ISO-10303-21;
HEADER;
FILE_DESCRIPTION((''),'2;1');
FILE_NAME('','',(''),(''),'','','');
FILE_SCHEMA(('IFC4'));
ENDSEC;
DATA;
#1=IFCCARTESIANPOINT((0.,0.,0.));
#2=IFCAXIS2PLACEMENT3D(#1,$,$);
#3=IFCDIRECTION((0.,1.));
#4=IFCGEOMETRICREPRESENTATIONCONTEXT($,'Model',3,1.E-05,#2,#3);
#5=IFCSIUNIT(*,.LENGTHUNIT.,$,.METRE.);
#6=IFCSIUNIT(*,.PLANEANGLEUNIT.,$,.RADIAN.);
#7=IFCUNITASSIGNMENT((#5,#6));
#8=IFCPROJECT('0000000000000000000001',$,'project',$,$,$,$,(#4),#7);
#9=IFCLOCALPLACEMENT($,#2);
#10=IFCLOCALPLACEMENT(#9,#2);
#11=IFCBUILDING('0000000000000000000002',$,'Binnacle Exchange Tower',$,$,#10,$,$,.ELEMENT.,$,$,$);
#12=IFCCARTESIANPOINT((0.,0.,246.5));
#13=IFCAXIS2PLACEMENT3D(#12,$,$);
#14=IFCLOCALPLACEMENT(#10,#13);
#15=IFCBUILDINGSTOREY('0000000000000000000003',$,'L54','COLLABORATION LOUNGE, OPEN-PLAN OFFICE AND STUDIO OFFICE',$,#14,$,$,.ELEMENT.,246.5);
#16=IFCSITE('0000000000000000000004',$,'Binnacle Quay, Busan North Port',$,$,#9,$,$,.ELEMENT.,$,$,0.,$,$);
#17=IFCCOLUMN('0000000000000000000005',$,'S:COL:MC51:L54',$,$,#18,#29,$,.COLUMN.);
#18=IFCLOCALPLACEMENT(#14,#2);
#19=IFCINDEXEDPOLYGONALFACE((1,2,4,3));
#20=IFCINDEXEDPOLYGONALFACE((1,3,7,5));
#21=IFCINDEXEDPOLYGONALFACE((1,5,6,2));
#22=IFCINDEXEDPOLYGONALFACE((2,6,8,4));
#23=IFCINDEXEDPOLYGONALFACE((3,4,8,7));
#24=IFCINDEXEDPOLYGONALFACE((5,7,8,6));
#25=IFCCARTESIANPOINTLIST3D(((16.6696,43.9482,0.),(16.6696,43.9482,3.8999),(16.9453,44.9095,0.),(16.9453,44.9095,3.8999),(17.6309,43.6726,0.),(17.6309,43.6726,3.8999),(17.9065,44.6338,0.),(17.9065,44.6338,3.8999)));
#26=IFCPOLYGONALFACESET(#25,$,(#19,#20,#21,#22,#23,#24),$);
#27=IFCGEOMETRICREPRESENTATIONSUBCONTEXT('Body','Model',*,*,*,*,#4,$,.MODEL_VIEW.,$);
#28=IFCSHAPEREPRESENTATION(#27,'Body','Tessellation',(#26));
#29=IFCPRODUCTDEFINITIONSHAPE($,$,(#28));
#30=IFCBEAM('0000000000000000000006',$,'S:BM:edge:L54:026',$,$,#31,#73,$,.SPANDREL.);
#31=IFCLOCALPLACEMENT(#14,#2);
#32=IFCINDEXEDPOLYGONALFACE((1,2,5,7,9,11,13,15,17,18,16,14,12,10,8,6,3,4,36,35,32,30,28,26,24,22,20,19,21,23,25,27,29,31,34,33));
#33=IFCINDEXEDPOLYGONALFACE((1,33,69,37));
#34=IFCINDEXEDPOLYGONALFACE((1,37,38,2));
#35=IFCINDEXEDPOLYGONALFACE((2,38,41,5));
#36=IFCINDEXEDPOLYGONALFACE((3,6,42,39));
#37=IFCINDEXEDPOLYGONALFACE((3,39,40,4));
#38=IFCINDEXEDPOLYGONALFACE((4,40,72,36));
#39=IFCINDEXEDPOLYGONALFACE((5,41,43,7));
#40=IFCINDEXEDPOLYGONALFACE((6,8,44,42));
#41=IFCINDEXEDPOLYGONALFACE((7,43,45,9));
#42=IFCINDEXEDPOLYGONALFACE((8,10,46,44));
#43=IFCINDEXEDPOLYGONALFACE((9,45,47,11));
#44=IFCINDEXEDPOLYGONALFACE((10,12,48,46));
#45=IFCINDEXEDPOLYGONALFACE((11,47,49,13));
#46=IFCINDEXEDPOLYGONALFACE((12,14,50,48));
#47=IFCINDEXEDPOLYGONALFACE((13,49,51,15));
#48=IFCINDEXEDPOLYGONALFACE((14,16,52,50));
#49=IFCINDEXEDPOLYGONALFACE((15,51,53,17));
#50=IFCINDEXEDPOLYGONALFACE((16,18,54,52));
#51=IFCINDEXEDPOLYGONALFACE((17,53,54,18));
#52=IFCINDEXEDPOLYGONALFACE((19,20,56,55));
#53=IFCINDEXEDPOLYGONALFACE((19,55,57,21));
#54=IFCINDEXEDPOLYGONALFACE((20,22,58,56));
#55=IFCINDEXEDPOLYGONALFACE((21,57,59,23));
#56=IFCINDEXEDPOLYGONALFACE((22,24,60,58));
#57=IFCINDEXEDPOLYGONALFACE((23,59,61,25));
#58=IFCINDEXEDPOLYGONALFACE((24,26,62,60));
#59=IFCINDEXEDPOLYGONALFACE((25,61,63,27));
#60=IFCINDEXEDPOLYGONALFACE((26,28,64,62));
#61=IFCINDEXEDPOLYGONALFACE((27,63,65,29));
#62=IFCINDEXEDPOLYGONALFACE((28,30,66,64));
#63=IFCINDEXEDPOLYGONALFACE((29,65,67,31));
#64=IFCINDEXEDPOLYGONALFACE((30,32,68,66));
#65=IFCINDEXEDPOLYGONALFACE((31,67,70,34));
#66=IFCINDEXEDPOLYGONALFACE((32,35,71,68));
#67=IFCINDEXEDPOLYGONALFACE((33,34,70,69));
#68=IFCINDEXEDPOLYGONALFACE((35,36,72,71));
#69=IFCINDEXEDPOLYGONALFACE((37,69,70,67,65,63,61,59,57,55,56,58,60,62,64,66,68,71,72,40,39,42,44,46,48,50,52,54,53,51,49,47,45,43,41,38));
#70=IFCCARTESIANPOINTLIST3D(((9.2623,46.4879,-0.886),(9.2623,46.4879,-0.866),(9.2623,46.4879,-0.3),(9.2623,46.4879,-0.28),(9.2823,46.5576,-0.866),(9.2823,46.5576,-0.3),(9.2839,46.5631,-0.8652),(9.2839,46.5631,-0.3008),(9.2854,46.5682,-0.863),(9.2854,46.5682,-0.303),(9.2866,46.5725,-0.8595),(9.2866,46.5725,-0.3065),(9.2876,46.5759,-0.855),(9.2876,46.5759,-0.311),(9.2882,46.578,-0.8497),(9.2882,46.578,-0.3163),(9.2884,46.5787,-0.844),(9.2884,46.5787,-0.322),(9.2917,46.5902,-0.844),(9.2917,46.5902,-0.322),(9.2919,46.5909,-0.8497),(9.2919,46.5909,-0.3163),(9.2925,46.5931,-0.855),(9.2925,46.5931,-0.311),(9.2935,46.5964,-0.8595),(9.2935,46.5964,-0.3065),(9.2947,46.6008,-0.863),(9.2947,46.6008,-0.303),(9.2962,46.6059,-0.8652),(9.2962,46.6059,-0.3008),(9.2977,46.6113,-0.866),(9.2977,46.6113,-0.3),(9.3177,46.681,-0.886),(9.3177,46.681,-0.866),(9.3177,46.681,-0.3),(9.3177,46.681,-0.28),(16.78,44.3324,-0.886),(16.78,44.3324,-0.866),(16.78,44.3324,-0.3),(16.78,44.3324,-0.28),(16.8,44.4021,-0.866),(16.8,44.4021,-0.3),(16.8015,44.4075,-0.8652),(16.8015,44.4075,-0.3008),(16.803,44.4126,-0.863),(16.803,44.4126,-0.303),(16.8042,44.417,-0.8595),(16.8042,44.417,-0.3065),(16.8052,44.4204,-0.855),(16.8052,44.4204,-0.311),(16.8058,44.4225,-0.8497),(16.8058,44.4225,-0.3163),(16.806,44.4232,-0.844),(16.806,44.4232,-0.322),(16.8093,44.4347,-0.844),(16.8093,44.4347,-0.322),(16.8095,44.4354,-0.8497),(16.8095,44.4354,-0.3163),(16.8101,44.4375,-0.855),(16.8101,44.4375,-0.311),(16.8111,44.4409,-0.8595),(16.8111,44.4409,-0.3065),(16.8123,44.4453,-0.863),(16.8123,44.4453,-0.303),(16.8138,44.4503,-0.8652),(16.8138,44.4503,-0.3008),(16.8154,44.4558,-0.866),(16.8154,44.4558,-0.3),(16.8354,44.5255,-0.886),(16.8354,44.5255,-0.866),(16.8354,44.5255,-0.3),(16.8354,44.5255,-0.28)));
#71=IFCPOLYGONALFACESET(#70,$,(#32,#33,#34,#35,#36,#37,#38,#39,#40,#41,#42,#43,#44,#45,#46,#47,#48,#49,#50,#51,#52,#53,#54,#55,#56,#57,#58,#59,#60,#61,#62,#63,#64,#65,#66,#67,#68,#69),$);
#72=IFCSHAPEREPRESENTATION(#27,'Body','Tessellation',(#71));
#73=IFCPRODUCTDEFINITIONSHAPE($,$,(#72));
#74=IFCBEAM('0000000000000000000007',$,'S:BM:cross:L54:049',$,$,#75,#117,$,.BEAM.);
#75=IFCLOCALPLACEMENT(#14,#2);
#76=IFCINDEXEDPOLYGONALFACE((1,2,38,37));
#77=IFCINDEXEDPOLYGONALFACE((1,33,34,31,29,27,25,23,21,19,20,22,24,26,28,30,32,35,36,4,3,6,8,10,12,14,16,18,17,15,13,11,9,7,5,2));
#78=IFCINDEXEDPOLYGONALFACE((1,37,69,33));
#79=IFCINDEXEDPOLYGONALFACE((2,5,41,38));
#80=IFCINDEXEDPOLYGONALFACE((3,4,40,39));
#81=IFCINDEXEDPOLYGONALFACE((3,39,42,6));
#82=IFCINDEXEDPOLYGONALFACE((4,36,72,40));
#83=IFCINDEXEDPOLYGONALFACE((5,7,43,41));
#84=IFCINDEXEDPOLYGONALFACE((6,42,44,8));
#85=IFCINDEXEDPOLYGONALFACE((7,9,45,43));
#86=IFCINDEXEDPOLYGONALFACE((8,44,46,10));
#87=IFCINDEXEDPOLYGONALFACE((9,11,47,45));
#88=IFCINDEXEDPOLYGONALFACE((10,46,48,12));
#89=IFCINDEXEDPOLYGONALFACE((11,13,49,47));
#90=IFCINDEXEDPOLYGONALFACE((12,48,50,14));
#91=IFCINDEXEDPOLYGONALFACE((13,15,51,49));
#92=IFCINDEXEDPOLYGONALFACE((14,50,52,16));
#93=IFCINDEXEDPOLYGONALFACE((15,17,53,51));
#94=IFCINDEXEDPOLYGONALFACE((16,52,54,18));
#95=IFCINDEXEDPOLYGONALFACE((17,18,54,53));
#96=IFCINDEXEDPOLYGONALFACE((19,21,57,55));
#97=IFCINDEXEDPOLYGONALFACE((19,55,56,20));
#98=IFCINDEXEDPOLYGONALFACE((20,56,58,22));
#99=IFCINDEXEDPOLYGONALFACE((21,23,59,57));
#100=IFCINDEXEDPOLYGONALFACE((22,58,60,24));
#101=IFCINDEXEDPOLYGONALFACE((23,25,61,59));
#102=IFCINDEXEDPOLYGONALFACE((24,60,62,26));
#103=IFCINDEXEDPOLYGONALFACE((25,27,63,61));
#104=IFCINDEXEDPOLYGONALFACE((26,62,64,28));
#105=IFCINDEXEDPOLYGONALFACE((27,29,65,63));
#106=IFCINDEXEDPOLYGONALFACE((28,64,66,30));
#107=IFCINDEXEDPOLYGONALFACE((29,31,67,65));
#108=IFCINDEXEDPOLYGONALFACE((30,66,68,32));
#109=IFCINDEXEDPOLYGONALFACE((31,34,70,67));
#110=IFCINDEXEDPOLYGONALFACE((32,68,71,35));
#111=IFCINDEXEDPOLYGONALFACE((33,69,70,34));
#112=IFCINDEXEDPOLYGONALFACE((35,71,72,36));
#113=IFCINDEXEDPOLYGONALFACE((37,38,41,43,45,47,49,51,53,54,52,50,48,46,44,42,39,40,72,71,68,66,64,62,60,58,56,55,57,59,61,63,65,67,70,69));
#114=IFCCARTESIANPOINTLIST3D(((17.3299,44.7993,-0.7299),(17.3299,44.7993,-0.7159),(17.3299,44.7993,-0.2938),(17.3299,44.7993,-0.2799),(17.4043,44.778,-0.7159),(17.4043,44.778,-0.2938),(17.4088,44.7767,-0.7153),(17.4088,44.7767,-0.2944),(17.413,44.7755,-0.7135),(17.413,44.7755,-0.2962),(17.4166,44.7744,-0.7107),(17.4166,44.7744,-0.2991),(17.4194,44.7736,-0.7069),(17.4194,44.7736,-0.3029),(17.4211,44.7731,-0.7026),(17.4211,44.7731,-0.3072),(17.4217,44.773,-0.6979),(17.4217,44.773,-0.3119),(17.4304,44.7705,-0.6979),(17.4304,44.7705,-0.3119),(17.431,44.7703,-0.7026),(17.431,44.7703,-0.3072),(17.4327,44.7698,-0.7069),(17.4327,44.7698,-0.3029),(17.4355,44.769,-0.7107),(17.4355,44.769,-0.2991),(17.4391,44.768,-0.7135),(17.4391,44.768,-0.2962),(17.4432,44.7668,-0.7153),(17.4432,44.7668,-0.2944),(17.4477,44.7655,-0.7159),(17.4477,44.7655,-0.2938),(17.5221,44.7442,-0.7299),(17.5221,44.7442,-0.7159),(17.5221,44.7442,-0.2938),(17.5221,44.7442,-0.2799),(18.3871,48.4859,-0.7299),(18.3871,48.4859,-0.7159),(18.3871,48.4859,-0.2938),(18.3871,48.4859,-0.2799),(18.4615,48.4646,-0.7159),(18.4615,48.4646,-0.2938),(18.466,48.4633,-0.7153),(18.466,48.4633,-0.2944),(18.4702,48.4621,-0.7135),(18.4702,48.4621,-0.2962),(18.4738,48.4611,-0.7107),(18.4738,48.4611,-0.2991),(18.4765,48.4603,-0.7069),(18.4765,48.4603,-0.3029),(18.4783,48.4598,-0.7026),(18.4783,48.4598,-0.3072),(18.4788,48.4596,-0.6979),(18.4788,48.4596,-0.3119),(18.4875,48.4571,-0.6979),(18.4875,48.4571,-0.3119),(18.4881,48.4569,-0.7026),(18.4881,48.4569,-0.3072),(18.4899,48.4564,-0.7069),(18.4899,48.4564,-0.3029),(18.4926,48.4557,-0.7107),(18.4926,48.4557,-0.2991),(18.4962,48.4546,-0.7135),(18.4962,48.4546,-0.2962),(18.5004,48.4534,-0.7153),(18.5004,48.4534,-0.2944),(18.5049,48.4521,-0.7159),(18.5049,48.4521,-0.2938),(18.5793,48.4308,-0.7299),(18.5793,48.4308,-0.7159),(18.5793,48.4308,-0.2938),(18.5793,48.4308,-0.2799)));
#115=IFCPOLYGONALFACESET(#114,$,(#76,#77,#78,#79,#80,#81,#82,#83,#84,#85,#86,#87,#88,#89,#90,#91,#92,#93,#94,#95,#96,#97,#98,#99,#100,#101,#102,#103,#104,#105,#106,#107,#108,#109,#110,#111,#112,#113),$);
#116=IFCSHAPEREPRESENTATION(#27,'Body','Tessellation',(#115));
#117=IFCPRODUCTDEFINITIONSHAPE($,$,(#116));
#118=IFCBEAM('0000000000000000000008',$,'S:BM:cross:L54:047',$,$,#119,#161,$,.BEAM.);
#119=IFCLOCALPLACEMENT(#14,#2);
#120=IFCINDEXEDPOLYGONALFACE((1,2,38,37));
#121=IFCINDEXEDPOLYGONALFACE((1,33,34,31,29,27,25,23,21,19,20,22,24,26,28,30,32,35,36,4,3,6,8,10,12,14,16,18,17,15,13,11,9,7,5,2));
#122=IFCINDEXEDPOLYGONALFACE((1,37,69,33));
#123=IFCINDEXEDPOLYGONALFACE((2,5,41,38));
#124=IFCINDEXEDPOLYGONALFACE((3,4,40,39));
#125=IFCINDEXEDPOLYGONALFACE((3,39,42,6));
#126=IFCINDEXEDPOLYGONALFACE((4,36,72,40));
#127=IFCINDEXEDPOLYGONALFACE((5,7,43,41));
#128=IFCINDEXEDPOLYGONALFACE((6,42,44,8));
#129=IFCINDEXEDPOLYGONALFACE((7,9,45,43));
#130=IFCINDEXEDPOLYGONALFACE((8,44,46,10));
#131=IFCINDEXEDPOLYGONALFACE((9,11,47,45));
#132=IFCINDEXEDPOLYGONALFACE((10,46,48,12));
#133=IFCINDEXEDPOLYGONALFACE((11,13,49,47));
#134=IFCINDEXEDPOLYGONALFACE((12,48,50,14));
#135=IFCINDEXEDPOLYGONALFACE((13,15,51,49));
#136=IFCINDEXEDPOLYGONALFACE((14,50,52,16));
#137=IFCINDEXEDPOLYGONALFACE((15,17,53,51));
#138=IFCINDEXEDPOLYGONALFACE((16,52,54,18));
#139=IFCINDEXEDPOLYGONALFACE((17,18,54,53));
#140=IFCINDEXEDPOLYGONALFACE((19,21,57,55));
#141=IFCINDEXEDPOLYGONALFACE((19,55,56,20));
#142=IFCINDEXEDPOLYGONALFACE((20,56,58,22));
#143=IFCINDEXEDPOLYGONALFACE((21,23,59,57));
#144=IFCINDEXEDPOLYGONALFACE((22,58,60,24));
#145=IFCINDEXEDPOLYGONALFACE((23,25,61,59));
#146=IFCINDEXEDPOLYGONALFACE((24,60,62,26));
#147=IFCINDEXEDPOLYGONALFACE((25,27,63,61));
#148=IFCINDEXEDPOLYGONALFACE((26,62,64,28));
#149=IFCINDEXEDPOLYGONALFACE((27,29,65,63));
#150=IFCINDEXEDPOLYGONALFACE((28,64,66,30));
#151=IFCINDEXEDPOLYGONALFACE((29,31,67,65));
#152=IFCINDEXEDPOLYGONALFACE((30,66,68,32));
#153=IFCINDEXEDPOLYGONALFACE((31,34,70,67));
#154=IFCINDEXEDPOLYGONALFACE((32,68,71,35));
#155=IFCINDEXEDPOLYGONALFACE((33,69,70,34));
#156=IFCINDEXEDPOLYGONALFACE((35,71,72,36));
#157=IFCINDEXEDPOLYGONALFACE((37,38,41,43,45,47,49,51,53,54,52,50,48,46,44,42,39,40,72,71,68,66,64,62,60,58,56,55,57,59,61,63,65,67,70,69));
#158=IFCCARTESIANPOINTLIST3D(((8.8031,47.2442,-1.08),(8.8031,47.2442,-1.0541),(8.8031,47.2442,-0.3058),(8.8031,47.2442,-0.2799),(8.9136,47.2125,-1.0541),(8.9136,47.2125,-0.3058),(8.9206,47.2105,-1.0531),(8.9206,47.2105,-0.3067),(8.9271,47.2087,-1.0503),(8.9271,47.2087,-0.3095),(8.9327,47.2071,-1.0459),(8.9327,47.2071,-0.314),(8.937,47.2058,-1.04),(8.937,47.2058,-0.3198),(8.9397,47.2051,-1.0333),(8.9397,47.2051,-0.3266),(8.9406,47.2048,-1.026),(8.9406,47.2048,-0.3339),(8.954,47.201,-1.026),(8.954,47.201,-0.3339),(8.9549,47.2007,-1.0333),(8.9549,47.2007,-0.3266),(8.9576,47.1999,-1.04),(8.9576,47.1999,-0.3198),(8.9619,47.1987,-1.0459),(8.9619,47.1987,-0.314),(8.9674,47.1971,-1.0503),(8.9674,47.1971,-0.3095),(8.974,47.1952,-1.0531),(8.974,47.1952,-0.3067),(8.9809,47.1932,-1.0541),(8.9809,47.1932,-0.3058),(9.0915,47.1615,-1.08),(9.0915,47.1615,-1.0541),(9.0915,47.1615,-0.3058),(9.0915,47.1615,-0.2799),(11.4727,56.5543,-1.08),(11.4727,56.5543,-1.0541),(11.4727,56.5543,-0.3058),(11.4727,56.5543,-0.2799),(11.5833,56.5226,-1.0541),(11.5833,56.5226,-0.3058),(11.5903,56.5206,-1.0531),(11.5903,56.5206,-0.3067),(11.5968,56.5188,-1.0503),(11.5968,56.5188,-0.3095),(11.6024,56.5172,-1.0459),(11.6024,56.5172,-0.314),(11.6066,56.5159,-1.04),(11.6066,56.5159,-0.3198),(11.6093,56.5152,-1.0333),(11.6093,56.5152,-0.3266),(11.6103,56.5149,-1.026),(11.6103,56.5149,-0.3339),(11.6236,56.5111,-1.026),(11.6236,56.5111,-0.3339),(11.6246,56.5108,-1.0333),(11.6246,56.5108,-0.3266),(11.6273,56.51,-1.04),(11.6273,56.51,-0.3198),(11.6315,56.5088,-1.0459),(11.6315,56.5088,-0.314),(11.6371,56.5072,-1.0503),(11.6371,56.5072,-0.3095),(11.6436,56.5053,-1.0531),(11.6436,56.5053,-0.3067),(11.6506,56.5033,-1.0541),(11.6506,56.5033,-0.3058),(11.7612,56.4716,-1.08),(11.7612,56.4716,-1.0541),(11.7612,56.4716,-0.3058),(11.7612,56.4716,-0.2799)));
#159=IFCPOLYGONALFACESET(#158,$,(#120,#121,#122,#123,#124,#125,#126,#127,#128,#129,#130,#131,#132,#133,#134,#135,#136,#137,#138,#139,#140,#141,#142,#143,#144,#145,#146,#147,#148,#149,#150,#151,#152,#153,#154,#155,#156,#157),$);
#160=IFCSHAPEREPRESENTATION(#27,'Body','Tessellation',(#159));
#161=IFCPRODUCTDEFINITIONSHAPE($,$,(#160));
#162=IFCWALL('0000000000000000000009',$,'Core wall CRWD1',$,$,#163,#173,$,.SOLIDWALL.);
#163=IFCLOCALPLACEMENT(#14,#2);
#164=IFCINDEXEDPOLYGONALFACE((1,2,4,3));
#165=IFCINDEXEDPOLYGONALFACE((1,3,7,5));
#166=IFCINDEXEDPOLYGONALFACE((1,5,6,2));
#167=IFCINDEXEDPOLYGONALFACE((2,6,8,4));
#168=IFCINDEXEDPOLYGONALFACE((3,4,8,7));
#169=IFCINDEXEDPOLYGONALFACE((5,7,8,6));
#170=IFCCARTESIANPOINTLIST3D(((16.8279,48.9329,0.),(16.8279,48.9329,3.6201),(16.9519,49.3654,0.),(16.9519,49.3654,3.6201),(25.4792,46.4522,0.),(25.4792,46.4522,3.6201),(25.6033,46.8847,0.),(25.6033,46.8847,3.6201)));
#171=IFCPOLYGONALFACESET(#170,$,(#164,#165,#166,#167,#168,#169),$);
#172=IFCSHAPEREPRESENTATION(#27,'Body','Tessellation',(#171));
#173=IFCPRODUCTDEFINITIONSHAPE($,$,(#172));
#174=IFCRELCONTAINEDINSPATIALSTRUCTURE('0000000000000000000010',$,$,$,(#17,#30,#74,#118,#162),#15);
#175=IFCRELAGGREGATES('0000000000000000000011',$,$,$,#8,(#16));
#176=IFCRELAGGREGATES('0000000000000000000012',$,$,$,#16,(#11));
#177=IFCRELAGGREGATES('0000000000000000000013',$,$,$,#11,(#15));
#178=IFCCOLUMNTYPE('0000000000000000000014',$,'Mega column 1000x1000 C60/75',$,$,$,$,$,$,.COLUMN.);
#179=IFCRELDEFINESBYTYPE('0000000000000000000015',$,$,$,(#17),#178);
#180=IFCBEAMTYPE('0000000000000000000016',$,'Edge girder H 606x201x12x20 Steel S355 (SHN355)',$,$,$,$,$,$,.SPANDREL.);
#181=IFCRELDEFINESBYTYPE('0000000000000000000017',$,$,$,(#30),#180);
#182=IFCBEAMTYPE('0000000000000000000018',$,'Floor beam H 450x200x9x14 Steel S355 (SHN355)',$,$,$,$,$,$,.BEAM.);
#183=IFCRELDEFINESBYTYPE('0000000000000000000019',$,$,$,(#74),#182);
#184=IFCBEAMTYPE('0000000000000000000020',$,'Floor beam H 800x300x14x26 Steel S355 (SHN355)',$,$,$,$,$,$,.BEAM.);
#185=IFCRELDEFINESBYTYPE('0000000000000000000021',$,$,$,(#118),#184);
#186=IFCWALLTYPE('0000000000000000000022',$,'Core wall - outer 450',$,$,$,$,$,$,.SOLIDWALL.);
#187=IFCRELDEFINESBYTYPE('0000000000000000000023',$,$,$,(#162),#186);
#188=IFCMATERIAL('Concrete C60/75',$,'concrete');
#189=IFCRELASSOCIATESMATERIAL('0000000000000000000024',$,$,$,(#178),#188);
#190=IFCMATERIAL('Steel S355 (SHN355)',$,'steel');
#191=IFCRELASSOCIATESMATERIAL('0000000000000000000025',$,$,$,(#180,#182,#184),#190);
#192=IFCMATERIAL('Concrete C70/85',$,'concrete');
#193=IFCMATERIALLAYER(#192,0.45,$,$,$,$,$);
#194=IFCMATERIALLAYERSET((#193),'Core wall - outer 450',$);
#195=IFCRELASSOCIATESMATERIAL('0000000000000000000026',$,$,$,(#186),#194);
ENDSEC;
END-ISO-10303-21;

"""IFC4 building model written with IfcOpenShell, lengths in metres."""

from ifc_helpers import new_model, si_unit, direction, frame, frame_2d, origin, origin_2d, place, context, subcontext, project, spatial, rectangle, i_section, extrude, material, layer, layer_set, material_profile, profile_set, type_object, element, save


model = new_model("IFC4")

# Units and contexts
model_context = context("Model", 3, precision=1e-05, world=origin(), true_north=direction((0.0, 1.0)))
body_context = subcontext(model_context, "Body", "Model", "MODEL_VIEW")
ifc_project = project(units=[si_unit("LENGTHUNIT", "METRE"), si_unit("PLANEANGLEUNIT", "RADIAN")], contexts=[model_context])

# Site, building, storey
site_placement = place(None, origin())
site = spatial("IfcSite", under=ifc_project, at=site_placement, Name="Binnacle Quay, Busan North Port", CompositionType="ELEMENT", RefElevation=0.0)
building_placement = place(site_placement, origin())
building = spatial("IfcBuilding", under=site, at=building_placement, Name="Binnacle Exchange Tower", CompositionType="ELEMENT")
storey_placement = place(building_placement, frame((0.0, 0.0, 246.5)))
storey = spatial("IfcBuildingStorey", under=building, at=storey_placement, Name="L54", Description="COLLABORATION LOUNGE, OPEN-PLAN OFFICE AND STUDIO OFFICE", CompositionType="ELEMENT", Elevation=246.5)

# Column
ifc_material_1 = material(Name="Concrete C60/75", Category="concrete")
ifc_material_profile_1 = material_profile(ifc_material_1, rectangle(XDim=1.0, YDim=1.0, at=origin_2d()), Name="Mega column 1000x1000 C60/75")
ifc_profile_set_1 = profile_set([ifc_material_profile_1], Name="Concrete C60/75")
column_type = type_object("IfcColumnType", Name="Mega column 1000x1000 C60/75", PredefinedType="COLUMN", material=ifc_profile_set_1)
column_placement = place(storey_placement, frame((17.2881, 44.291, 0.0), z_axis=(0.0, 0.0, 1.0), x_axis=(0.961262, -0.275637, 0.0)))
element("IfcColumn", 1, at=column_placement, inside=storey, type_object=column_type, Name="S:COL:MC51:L54", PredefinedType="COLUMN", context=body_context, shape_type="SweptSolid", body=[
    extrude(rectangle(XDim=1.0, YDim=1.0, at=origin_2d()), origin(), (0.0, 0.0, 1.0), 3.8999),
])

# Beams
ifc_material_2 = material(Name="Steel S355 (SHN355)", Category="steel")
ifc_material_profile_2 = material_profile(ifc_material_2, i_section(OverallWidth=0.2009, OverallDepth=0.606, WebThickness=0.012, FlangeThickness=0.02, FilletRadius=0.022, at=origin_2d()), Name="H 606x201x12x20")
ifc_profile_set_2 = profile_set([ifc_material_profile_2], Name="Steel S355 (SHN355)")
beam_type_1 = type_object("IfcBeamType", Name="Edge girder H 606x201x12x20 Steel S355 (SHN355)", PredefinedType="SPANDREL", material=ifc_profile_set_2)
beam_1_placement = place(storey_placement, frame((9.29, 46.5845, -0.583), z_axis=(0.961266, -0.275624, 0.0), x_axis=(0.275624, 0.961266, 0.0)))
element("IfcBeam", 2, at=beam_1_placement, inside=storey, type_object=beam_type_1, Name="S:BM:edge:L54:026", PredefinedType="SPANDREL", context=body_context, shape_type="SweptSolid", body=[
    extrude(i_section(OverallWidth=0.2009, OverallDepth=0.606, WebThickness=0.012, FlangeThickness=0.02, FilletRadius=0.022, at=origin_2d()), origin(), (0.0, 0.0, 1.0), 7.8206),
])
ifc_material_profile_3 = material_profile(ifc_material_2, i_section(OverallWidth=0.2, OverallDepth=0.45, WebThickness=0.009, FlangeThickness=0.0139, FilletRadius=0.0181, at=origin_2d()), Name="H 450x200x9x14")
ifc_profile_set_3 = profile_set([ifc_material_profile_3], Name="Steel S355 (SHN355)")
beam_type_2 = type_object("IfcBeamType", Name="Floor beam H 450x200x9x14 Steel S355 (SHN355)", PredefinedType="BEAM", material=ifc_profile_set_3)
beam_2_placement = place(storey_placement, frame((17.426, 44.7717, -0.5049), z_axis=(0.275646, 0.961259, 0.0), x_axis=(-0.961259, 0.275646, 0.0)))
element("IfcBeam", 3, at=beam_2_placement, inside=storey, type_object=beam_type_2, Name="S:BM:cross:L54:049", PredefinedType="BEAM", context=body_context, shape_type="SweptSolid", body=[
    extrude(i_section(OverallWidth=0.2, OverallDepth=0.45, WebThickness=0.009, FlangeThickness=0.0139, FilletRadius=0.0181, at=origin_2d()), origin(), (0.0, 0.0, 1.0), 3.8352),
])
ifc_material_profile_4 = material_profile(ifc_material_2, i_section(OverallWidth=0.3, OverallDepth=0.8, WebThickness=0.0139, FlangeThickness=0.0259, FilletRadius=0.0281, at=origin_2d()), Name="H 800x300x14x26")
ifc_profile_set_4 = profile_set([ifc_material_profile_4], Name="Steel S355 (SHN355)")
beam_type_3 = type_object("IfcBeamType", Name="Floor beam H 800x300x14x26 Steel S355 (SHN355)", PredefinedType="BEAM", material=ifc_profile_set_4)
beam_3_placement = place(storey_placement, frame((8.9473, 47.2029, -0.6799), z_axis=(0.275643, 0.96126, 0.0), x_axis=(-0.96126, 0.275643, 0.0)))
element("IfcBeam", 4, at=beam_3_placement, inside=storey, type_object=beam_type_3, Name="S:BM:cross:L54:047", PredefinedType="BEAM", context=body_context, shape_type="SweptSolid", body=[
    extrude(i_section(OverallWidth=0.3, OverallDepth=0.8, WebThickness=0.0139, FlangeThickness=0.0259, FilletRadius=0.0281, at=origin_2d()), origin(), (0.0, 0.0, 1.0), 9.6853),
])

# Wall
ifc_material_3 = material(Name="Concrete C70/85", Category="concrete")
ifc_layer_1 = layer(ifc_material_3, 0.45)
ifc_layer_set_1 = layer_set([ifc_layer_1], Name="Core wall - outer 450")
wall_type_1 = type_object("IfcWallType", Name="Core wall - outer 450", PredefinedType="SOLIDWALL", material=ifc_layer_set_1)
wall_1_placement = place(storey_placement, frame((16.8899, 49.1492, 0.0), z_axis=(0.0, 0.0, 1.0), x_axis=(0.961262, -0.275635, 0.0)))
element("IfcWall", 5, at=wall_1_placement, inside=storey, type_object=wall_type_1, Name="Core wall CRWD1", PredefinedType="SOLIDWALL", context=body_context, shape_type="SweptSolid", body=[
    extrude(rectangle(XDim=9.0, YDim=0.45, at=frame_2d((4.5, 0.0))), origin(), (0.0, 0.0, 1.0), 3.6201),
])

save(model, "model.ifc")
